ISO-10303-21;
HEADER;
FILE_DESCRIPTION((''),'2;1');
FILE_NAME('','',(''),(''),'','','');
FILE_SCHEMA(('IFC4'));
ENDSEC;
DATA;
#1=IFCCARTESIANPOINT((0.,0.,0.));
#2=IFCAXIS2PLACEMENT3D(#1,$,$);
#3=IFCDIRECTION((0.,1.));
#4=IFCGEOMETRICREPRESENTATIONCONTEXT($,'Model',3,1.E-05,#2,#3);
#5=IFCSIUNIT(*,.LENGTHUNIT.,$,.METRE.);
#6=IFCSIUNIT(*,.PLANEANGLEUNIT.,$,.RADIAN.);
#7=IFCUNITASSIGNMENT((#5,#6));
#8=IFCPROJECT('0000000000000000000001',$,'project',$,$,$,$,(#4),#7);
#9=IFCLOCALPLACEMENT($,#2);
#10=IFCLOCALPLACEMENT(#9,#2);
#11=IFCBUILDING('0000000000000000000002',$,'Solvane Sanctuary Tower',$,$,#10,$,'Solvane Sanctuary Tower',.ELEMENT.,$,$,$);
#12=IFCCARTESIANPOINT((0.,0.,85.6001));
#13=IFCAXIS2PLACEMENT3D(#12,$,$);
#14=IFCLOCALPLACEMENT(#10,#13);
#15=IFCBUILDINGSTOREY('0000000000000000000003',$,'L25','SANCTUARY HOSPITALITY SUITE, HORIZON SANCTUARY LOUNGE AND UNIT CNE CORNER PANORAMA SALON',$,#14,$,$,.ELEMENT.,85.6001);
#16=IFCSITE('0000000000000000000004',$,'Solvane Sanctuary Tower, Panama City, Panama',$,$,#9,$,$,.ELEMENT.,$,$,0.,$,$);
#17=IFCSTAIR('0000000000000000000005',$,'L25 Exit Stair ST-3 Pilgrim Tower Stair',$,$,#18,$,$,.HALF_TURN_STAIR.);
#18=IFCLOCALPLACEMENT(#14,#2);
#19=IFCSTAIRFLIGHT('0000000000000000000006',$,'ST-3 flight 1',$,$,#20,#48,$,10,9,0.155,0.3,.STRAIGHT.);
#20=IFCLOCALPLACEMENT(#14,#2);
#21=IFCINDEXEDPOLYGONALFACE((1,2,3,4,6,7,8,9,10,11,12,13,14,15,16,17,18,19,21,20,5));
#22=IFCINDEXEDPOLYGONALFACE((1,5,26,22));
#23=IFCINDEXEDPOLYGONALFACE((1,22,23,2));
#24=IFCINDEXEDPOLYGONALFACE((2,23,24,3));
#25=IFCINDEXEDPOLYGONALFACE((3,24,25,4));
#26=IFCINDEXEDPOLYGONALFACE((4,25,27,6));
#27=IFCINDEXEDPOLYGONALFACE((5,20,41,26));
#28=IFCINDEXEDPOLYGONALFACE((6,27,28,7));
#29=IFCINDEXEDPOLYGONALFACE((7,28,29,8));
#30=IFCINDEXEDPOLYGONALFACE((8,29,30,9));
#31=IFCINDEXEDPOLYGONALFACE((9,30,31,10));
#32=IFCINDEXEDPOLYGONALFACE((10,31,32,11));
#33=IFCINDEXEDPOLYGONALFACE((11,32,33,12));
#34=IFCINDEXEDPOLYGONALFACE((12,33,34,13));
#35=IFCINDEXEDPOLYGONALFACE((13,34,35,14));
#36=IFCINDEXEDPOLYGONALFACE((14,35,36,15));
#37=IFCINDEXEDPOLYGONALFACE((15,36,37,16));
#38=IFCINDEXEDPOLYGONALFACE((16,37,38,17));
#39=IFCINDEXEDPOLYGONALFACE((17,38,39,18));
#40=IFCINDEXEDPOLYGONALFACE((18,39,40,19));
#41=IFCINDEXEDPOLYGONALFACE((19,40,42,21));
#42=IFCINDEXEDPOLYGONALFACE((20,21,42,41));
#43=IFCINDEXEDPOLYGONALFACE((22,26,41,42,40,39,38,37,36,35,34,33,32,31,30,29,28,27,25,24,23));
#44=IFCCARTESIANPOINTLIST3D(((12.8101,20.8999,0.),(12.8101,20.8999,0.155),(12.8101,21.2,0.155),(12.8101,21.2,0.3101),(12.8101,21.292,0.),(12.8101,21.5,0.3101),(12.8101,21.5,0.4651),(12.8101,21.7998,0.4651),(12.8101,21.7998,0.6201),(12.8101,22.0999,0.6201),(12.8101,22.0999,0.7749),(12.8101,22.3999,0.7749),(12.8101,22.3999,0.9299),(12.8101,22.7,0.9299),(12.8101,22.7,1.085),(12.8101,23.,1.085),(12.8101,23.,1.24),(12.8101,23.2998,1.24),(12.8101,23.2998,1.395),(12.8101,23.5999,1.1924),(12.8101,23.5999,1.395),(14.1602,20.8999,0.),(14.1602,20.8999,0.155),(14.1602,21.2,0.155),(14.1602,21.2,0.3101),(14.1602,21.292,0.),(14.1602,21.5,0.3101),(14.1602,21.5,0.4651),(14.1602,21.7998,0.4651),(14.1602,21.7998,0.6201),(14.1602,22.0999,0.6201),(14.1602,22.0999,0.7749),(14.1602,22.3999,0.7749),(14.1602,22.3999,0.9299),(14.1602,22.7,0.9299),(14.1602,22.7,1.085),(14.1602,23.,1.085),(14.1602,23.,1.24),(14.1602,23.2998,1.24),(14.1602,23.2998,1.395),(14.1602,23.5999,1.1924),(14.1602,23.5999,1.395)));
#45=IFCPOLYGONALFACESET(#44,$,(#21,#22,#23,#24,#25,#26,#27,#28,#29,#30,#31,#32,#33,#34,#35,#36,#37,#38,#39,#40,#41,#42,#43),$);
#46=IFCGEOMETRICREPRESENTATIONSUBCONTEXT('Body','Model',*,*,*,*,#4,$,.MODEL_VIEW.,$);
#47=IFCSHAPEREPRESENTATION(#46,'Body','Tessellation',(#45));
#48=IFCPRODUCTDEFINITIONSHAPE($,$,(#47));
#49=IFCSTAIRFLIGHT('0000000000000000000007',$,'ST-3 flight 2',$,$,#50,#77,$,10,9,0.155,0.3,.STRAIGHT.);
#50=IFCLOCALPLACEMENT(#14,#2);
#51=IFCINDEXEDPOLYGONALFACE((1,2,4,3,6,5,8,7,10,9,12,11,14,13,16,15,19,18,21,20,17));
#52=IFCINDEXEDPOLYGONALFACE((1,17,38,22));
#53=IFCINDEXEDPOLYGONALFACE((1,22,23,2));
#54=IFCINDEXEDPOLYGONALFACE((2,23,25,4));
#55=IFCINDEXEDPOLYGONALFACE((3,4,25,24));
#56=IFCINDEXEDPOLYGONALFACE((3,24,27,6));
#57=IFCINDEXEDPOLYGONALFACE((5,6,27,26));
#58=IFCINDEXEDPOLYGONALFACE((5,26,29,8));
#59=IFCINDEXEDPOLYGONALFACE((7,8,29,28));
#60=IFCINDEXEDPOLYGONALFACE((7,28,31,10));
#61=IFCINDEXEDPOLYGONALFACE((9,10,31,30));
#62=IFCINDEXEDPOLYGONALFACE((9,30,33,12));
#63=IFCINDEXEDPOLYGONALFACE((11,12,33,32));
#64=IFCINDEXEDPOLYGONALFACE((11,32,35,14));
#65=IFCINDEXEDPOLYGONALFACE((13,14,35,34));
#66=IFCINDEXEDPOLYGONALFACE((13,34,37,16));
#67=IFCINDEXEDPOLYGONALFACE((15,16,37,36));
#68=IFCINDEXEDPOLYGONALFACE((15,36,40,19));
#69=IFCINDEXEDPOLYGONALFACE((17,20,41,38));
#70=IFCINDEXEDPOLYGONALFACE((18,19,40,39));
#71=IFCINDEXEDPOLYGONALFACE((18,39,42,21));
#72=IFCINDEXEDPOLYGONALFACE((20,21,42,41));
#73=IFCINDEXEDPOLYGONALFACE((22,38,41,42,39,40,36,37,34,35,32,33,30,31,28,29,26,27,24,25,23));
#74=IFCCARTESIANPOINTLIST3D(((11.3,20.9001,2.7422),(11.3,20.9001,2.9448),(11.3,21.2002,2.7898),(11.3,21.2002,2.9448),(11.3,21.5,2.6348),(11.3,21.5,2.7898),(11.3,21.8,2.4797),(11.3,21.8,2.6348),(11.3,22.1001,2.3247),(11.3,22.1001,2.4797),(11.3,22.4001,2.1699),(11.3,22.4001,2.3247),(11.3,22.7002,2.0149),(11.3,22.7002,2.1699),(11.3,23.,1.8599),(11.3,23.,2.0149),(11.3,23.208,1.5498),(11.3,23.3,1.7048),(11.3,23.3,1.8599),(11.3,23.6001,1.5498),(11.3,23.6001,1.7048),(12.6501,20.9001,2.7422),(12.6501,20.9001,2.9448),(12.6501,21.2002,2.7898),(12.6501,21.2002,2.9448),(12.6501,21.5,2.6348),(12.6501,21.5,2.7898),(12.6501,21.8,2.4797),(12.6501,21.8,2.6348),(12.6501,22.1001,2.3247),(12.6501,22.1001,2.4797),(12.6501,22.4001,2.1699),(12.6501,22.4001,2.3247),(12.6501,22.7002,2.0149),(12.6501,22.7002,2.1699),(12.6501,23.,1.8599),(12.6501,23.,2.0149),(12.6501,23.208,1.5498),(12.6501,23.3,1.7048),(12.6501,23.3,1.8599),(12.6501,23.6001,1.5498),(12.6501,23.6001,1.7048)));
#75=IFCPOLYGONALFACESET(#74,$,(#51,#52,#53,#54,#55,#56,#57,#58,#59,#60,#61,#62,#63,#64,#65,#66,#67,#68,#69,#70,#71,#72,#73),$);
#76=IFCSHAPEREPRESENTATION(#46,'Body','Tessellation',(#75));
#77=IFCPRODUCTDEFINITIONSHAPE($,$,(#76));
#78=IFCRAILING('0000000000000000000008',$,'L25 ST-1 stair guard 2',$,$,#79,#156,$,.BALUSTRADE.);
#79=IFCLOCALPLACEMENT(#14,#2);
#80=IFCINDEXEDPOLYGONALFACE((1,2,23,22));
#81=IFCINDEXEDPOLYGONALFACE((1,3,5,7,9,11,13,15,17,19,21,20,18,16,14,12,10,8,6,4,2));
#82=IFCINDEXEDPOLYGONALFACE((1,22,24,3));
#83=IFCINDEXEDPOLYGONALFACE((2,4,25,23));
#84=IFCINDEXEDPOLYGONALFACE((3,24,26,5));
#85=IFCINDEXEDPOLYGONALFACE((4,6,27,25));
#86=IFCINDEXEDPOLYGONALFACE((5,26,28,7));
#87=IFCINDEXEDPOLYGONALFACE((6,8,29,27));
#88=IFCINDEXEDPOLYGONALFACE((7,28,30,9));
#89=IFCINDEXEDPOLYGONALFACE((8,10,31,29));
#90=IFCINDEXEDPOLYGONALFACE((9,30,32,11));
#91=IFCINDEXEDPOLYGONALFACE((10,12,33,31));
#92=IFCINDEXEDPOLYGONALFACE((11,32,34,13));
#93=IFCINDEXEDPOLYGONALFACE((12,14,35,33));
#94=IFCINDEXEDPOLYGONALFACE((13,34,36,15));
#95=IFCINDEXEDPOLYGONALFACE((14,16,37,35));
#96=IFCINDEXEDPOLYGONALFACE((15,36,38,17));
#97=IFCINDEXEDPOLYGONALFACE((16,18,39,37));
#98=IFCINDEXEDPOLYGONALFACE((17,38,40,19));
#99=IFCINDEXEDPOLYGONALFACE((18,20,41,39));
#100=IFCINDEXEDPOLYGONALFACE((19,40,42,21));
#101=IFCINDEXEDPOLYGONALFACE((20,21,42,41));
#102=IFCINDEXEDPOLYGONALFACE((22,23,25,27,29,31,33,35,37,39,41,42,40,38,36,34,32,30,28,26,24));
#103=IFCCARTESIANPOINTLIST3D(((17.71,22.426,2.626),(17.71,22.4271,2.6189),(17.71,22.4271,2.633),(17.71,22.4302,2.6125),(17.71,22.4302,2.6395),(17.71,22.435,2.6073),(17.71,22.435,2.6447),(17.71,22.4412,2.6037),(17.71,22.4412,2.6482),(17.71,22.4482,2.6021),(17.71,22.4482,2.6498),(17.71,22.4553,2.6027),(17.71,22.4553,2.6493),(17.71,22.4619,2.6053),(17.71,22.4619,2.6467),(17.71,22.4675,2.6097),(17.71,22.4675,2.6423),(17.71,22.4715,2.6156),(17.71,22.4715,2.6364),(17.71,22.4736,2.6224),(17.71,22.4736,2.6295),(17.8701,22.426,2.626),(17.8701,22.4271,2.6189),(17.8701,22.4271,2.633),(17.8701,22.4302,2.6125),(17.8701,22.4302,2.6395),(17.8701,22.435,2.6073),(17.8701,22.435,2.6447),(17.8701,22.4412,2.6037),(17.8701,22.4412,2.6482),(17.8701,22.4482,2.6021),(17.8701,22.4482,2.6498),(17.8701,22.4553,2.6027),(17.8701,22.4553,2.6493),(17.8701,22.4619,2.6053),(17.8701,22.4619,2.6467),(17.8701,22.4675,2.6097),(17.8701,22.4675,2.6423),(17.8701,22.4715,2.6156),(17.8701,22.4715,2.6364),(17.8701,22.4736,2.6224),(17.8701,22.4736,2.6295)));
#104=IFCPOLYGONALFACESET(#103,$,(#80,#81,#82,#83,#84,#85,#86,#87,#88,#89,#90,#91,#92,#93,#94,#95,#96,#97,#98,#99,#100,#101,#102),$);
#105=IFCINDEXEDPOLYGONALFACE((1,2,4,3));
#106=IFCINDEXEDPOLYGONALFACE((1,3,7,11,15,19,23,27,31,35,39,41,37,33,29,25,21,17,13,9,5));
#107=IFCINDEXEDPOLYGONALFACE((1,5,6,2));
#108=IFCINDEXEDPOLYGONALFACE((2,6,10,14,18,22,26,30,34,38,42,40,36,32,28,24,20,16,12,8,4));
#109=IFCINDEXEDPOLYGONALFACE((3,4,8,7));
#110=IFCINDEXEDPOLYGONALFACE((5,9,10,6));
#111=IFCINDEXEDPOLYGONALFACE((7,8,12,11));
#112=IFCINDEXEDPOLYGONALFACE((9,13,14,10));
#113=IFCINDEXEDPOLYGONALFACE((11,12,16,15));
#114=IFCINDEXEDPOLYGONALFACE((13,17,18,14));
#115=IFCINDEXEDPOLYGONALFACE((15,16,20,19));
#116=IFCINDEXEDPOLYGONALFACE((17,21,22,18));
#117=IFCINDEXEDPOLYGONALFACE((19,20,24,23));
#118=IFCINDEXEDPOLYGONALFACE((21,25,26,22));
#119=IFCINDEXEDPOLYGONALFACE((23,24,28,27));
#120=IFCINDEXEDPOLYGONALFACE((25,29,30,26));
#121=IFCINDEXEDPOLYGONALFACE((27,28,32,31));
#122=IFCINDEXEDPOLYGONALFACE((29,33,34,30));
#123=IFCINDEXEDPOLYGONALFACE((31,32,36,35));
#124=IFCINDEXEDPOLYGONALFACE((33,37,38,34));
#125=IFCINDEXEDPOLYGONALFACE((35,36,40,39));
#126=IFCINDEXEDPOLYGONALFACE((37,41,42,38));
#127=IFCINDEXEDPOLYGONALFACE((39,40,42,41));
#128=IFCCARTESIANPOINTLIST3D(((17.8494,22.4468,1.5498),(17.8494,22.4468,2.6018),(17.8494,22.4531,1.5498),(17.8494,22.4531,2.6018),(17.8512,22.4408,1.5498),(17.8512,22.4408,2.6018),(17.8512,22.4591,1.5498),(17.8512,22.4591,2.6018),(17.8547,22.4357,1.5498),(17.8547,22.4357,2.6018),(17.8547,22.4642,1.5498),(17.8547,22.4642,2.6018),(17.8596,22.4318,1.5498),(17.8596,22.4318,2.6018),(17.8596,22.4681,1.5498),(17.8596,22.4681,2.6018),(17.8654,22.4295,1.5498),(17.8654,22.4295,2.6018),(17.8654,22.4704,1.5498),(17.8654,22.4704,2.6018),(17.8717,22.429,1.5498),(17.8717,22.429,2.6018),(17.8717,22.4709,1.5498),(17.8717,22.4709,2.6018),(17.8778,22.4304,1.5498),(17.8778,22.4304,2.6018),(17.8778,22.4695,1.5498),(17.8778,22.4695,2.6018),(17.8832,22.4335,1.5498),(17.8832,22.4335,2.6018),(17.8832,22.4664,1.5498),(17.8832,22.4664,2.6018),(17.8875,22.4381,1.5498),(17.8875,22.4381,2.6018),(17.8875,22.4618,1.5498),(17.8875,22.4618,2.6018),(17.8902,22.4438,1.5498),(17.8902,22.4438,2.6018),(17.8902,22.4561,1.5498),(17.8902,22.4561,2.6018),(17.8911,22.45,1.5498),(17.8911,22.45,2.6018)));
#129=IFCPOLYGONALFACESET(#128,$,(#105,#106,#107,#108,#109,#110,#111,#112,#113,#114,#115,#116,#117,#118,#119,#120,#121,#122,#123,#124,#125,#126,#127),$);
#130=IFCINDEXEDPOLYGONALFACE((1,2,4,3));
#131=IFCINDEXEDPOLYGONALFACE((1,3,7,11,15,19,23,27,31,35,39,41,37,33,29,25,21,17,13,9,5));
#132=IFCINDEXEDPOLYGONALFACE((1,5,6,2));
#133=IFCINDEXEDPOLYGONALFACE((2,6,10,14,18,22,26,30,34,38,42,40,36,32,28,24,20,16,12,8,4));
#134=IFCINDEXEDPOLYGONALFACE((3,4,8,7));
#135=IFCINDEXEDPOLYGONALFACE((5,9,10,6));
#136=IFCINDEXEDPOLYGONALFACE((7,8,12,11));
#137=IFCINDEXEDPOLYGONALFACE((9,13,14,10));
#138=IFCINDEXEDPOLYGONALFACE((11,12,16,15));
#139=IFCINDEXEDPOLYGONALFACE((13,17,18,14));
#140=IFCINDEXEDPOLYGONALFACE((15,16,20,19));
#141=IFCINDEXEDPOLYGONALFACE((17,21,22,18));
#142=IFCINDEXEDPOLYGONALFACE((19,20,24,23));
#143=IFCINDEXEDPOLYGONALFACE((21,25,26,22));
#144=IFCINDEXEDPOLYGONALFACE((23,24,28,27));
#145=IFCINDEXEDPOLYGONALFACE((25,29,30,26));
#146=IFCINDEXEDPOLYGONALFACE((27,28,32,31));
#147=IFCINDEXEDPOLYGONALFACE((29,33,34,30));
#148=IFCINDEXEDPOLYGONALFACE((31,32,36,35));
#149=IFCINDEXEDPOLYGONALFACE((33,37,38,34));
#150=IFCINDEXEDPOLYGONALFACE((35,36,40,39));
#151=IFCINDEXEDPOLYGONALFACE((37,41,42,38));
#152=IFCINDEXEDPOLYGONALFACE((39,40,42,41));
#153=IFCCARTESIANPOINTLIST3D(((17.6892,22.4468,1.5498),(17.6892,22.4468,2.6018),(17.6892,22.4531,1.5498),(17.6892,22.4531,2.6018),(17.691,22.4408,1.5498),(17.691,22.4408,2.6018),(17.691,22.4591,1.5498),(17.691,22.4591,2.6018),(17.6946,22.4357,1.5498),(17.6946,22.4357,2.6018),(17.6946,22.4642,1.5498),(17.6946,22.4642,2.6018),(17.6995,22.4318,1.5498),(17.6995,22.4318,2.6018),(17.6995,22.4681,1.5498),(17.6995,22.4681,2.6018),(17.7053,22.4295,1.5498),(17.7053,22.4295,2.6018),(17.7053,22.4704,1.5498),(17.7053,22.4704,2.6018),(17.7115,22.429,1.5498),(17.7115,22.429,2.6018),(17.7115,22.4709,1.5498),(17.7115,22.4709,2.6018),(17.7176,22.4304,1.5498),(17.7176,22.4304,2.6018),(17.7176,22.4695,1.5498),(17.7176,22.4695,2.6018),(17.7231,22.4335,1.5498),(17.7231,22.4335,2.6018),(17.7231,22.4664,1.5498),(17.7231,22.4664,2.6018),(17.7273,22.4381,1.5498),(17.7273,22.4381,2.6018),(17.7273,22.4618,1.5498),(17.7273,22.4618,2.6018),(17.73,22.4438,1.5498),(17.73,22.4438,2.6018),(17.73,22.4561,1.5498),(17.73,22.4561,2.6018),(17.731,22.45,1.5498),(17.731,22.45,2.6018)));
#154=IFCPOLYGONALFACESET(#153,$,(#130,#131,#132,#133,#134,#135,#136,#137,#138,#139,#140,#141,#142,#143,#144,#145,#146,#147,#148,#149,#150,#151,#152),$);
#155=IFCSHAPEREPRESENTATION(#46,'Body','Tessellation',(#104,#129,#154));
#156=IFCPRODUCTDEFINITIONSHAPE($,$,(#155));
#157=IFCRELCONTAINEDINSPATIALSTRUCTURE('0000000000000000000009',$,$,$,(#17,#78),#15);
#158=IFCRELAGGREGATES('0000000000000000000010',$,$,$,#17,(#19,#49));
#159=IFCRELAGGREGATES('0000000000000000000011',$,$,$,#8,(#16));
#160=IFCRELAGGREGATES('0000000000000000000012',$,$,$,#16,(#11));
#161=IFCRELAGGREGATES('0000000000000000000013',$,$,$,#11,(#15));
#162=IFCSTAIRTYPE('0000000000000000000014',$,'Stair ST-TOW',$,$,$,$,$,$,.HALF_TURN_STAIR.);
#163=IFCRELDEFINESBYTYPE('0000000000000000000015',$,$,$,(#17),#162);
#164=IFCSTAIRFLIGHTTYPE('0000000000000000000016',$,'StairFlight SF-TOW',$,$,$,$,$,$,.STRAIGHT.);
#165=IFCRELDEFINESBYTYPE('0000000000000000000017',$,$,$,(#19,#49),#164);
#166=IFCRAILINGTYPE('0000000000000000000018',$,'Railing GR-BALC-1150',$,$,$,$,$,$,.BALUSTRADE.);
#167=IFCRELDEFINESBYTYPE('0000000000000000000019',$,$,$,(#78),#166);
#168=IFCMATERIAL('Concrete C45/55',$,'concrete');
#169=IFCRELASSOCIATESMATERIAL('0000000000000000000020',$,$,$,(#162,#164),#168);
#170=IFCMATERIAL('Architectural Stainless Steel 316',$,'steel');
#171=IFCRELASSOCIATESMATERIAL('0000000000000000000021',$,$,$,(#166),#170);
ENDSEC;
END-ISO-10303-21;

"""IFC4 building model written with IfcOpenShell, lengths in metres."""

from ifc_helpers import new_model, si_unit, direction, frame, origin, origin_2d, place, context, subcontext, project, spatial, polyline, circle, outline, extrude, material, type_object, element, aggregate, save


model = new_model("IFC4")

# Units and contexts
model_context = context("Model", 3, precision=1e-05, world=origin(), true_north=direction((0.0, 1.0)))
body_context = subcontext(model_context, "Body", "Model", "MODEL_VIEW")
ifc_project = project(units=[si_unit("LENGTHUNIT", "METRE"), si_unit("PLANEANGLEUNIT", "RADIAN")], contexts=[model_context])

# Site, building, storey
site_placement = place(None, origin())
site = spatial("IfcSite", under=ifc_project, at=site_placement, Name="Solvane Sanctuary Tower, Panama City, Panama", CompositionType="ELEMENT", RefElevation=0.0)
building_placement = place(site_placement, origin())
building = spatial("IfcBuilding", under=site, at=building_placement, Name="Solvane Sanctuary Tower", LongName="Solvane Sanctuary Tower", CompositionType="ELEMENT")
storey_placement = place(building_placement, frame((0.0, 0.0, 85.6001)))
storey = spatial("IfcBuildingStorey", under=building, at=storey_placement, Name="L25", Description="SANCTUARY HOSPITALITY SUITE, HORIZON SANCTUARY LOUNGE AND UNIT CNE CORNER PANORAMA SALON", CompositionType="ELEMENT", Elevation=85.6001)

# Shared definitions
ifc_material_1 = material(Name="Concrete C45/55", Category="concrete")
stair_type = type_object("IfcStairType", Name="Stair ST-TOW", PredefinedType="HALF_TURN_STAIR", material=ifc_material_1)
stair_flight_type = type_object("IfcStairFlightType", Name="StairFlight SF-TOW", PredefinedType="STRAIGHT", material=ifc_material_1)

# Stair, stair flights
stair_1_placement = place(storey_placement, origin())
stair_1 = element("IfcStair", 1, at=stair_1_placement, inside=storey, type_object=stair_type, Name="L25 Exit Stair ST-3 Pilgrim Tower Stair", PredefinedType="HALF_TURN_STAIR")
stair_flight_1_placement = place(storey_placement, frame((13.4851, 20.8999, 0.0), z_axis=(0.0, 0.0, 1.0), x_axis=(0.0, 1.0, 0.0)))
stair_flight_1 = element("IfcStairFlight", 2, at=stair_flight_1_placement, type_object=stair_flight_type, Name="ST-3 flight 1", NumberOfRisers=10, NumberOfTreads=9, PredefinedType="STRAIGHT", RiserHeight=0.155, TreadLength=0.3, context=body_context, shape_type="SweptSolid", body=[
    extrude(outline(polyline([(0.0, 0.0), (0.0, 0.155), (0.3, 0.155), (0.3, 0.3101), (0.6001, 0.3101), (0.6001, 0.4651), (0.8999, 0.4651), (0.8999, 0.6201), (1.2, 0.6201), (1.2, 0.7749), (1.5, 0.7749), (1.5, 0.9299), (1.8, 0.9299), (1.8, 1.085), (2.1001, 1.085), (2.1001, 1.24), (2.3999, 1.24), (2.3999, 1.395), (2.7, 1.395), (2.7, 1.55), (2.7, 1.1924), (0.3921, 0.0), (0.0, 0.0)])), frame((0.0, 0.675, 0.0), z_axis=(0.0, -1.0, 0.0), x_axis=(1.0, 0.0, 0.0)), (0.0, 0.0, 1.0), 1.3501),
])
stair_flight_2_placement = place(storey_placement, frame((11.9751, 23.6001, 1.5498), z_axis=(0.0, 0.0, 1.0), x_axis=(0.0, -1.0, 0.0)))
stair_flight_2 = element("IfcStairFlight", 3, at=stair_flight_2_placement, type_object=stair_flight_type, Name="ST-3 flight 2", NumberOfRisers=10, NumberOfTreads=9, PredefinedType="STRAIGHT", RiserHeight=0.155, TreadLength=0.3, context=body_context, shape_type="SweptSolid", body=[
    extrude(outline(polyline([(0.0, 0.0), (0.0, 0.155), (0.3, 0.155), (0.3, 0.3101), (0.6001, 0.3101), (0.6001, 0.4651), (0.8999, 0.4651), (0.8999, 0.6201), (1.2, 0.6201), (1.2, 0.7749), (1.5, 0.7749), (1.5, 0.9299), (1.8, 0.9299), (1.8, 1.085), (2.1001, 1.085), (2.1001, 1.24), (2.3999, 1.24), (2.3999, 1.395), (2.7, 1.395), (2.7, 1.55), (2.7, 1.1924), (0.3921, 0.0), (0.0, 0.0)])), frame((0.0, 0.675, 0.0), z_axis=(0.0, -1.0, 0.0), x_axis=(1.0, 0.0, 0.0)), (0.0, 0.0, 1.0), 1.3501),
])
aggregate(stair_1, [stair_flight_1, stair_flight_2])

# Railing
ifc_material_2 = material(Name="Architectural Stainless Steel 316", Category="steel")
railing_type_1 = type_object("IfcRailingType", Name="Railing GR-BALC-1150", PredefinedType="BALUSTRADE", material=ifc_material_2)
railing_1_placement = place(storey_placement, frame((17.8701, 22.45, 1.5498)))
element("IfcRailing", 4, at=railing_1_placement, inside=storey, type_object=railing_type_1, Name="L25 ST-1 stair guard 2", PredefinedType="BALUSTRADE", context=body_context, shape_type="SweptSolid", body=[
    extrude(circle(Radius=0.0239, at=origin_2d()), frame((0.0, 0.0, 1.0762), z_axis=(-1.0, 0.0, 0.0), x_axis=(0.0, -1.0, 0.0)), (0.0, 0.0, 1.0), 0.1602),
    extrude(circle(Radius=0.021, at=origin_2d()), origin(), (0.0, 0.0, 1.0), 1.052),
    extrude(circle(Radius=0.021, at=origin_2d()), frame((-0.1602, 0.0, 0.0)), (0.0, 0.0, 1.0), 1.052),
])

save(model, "model.ifc")
